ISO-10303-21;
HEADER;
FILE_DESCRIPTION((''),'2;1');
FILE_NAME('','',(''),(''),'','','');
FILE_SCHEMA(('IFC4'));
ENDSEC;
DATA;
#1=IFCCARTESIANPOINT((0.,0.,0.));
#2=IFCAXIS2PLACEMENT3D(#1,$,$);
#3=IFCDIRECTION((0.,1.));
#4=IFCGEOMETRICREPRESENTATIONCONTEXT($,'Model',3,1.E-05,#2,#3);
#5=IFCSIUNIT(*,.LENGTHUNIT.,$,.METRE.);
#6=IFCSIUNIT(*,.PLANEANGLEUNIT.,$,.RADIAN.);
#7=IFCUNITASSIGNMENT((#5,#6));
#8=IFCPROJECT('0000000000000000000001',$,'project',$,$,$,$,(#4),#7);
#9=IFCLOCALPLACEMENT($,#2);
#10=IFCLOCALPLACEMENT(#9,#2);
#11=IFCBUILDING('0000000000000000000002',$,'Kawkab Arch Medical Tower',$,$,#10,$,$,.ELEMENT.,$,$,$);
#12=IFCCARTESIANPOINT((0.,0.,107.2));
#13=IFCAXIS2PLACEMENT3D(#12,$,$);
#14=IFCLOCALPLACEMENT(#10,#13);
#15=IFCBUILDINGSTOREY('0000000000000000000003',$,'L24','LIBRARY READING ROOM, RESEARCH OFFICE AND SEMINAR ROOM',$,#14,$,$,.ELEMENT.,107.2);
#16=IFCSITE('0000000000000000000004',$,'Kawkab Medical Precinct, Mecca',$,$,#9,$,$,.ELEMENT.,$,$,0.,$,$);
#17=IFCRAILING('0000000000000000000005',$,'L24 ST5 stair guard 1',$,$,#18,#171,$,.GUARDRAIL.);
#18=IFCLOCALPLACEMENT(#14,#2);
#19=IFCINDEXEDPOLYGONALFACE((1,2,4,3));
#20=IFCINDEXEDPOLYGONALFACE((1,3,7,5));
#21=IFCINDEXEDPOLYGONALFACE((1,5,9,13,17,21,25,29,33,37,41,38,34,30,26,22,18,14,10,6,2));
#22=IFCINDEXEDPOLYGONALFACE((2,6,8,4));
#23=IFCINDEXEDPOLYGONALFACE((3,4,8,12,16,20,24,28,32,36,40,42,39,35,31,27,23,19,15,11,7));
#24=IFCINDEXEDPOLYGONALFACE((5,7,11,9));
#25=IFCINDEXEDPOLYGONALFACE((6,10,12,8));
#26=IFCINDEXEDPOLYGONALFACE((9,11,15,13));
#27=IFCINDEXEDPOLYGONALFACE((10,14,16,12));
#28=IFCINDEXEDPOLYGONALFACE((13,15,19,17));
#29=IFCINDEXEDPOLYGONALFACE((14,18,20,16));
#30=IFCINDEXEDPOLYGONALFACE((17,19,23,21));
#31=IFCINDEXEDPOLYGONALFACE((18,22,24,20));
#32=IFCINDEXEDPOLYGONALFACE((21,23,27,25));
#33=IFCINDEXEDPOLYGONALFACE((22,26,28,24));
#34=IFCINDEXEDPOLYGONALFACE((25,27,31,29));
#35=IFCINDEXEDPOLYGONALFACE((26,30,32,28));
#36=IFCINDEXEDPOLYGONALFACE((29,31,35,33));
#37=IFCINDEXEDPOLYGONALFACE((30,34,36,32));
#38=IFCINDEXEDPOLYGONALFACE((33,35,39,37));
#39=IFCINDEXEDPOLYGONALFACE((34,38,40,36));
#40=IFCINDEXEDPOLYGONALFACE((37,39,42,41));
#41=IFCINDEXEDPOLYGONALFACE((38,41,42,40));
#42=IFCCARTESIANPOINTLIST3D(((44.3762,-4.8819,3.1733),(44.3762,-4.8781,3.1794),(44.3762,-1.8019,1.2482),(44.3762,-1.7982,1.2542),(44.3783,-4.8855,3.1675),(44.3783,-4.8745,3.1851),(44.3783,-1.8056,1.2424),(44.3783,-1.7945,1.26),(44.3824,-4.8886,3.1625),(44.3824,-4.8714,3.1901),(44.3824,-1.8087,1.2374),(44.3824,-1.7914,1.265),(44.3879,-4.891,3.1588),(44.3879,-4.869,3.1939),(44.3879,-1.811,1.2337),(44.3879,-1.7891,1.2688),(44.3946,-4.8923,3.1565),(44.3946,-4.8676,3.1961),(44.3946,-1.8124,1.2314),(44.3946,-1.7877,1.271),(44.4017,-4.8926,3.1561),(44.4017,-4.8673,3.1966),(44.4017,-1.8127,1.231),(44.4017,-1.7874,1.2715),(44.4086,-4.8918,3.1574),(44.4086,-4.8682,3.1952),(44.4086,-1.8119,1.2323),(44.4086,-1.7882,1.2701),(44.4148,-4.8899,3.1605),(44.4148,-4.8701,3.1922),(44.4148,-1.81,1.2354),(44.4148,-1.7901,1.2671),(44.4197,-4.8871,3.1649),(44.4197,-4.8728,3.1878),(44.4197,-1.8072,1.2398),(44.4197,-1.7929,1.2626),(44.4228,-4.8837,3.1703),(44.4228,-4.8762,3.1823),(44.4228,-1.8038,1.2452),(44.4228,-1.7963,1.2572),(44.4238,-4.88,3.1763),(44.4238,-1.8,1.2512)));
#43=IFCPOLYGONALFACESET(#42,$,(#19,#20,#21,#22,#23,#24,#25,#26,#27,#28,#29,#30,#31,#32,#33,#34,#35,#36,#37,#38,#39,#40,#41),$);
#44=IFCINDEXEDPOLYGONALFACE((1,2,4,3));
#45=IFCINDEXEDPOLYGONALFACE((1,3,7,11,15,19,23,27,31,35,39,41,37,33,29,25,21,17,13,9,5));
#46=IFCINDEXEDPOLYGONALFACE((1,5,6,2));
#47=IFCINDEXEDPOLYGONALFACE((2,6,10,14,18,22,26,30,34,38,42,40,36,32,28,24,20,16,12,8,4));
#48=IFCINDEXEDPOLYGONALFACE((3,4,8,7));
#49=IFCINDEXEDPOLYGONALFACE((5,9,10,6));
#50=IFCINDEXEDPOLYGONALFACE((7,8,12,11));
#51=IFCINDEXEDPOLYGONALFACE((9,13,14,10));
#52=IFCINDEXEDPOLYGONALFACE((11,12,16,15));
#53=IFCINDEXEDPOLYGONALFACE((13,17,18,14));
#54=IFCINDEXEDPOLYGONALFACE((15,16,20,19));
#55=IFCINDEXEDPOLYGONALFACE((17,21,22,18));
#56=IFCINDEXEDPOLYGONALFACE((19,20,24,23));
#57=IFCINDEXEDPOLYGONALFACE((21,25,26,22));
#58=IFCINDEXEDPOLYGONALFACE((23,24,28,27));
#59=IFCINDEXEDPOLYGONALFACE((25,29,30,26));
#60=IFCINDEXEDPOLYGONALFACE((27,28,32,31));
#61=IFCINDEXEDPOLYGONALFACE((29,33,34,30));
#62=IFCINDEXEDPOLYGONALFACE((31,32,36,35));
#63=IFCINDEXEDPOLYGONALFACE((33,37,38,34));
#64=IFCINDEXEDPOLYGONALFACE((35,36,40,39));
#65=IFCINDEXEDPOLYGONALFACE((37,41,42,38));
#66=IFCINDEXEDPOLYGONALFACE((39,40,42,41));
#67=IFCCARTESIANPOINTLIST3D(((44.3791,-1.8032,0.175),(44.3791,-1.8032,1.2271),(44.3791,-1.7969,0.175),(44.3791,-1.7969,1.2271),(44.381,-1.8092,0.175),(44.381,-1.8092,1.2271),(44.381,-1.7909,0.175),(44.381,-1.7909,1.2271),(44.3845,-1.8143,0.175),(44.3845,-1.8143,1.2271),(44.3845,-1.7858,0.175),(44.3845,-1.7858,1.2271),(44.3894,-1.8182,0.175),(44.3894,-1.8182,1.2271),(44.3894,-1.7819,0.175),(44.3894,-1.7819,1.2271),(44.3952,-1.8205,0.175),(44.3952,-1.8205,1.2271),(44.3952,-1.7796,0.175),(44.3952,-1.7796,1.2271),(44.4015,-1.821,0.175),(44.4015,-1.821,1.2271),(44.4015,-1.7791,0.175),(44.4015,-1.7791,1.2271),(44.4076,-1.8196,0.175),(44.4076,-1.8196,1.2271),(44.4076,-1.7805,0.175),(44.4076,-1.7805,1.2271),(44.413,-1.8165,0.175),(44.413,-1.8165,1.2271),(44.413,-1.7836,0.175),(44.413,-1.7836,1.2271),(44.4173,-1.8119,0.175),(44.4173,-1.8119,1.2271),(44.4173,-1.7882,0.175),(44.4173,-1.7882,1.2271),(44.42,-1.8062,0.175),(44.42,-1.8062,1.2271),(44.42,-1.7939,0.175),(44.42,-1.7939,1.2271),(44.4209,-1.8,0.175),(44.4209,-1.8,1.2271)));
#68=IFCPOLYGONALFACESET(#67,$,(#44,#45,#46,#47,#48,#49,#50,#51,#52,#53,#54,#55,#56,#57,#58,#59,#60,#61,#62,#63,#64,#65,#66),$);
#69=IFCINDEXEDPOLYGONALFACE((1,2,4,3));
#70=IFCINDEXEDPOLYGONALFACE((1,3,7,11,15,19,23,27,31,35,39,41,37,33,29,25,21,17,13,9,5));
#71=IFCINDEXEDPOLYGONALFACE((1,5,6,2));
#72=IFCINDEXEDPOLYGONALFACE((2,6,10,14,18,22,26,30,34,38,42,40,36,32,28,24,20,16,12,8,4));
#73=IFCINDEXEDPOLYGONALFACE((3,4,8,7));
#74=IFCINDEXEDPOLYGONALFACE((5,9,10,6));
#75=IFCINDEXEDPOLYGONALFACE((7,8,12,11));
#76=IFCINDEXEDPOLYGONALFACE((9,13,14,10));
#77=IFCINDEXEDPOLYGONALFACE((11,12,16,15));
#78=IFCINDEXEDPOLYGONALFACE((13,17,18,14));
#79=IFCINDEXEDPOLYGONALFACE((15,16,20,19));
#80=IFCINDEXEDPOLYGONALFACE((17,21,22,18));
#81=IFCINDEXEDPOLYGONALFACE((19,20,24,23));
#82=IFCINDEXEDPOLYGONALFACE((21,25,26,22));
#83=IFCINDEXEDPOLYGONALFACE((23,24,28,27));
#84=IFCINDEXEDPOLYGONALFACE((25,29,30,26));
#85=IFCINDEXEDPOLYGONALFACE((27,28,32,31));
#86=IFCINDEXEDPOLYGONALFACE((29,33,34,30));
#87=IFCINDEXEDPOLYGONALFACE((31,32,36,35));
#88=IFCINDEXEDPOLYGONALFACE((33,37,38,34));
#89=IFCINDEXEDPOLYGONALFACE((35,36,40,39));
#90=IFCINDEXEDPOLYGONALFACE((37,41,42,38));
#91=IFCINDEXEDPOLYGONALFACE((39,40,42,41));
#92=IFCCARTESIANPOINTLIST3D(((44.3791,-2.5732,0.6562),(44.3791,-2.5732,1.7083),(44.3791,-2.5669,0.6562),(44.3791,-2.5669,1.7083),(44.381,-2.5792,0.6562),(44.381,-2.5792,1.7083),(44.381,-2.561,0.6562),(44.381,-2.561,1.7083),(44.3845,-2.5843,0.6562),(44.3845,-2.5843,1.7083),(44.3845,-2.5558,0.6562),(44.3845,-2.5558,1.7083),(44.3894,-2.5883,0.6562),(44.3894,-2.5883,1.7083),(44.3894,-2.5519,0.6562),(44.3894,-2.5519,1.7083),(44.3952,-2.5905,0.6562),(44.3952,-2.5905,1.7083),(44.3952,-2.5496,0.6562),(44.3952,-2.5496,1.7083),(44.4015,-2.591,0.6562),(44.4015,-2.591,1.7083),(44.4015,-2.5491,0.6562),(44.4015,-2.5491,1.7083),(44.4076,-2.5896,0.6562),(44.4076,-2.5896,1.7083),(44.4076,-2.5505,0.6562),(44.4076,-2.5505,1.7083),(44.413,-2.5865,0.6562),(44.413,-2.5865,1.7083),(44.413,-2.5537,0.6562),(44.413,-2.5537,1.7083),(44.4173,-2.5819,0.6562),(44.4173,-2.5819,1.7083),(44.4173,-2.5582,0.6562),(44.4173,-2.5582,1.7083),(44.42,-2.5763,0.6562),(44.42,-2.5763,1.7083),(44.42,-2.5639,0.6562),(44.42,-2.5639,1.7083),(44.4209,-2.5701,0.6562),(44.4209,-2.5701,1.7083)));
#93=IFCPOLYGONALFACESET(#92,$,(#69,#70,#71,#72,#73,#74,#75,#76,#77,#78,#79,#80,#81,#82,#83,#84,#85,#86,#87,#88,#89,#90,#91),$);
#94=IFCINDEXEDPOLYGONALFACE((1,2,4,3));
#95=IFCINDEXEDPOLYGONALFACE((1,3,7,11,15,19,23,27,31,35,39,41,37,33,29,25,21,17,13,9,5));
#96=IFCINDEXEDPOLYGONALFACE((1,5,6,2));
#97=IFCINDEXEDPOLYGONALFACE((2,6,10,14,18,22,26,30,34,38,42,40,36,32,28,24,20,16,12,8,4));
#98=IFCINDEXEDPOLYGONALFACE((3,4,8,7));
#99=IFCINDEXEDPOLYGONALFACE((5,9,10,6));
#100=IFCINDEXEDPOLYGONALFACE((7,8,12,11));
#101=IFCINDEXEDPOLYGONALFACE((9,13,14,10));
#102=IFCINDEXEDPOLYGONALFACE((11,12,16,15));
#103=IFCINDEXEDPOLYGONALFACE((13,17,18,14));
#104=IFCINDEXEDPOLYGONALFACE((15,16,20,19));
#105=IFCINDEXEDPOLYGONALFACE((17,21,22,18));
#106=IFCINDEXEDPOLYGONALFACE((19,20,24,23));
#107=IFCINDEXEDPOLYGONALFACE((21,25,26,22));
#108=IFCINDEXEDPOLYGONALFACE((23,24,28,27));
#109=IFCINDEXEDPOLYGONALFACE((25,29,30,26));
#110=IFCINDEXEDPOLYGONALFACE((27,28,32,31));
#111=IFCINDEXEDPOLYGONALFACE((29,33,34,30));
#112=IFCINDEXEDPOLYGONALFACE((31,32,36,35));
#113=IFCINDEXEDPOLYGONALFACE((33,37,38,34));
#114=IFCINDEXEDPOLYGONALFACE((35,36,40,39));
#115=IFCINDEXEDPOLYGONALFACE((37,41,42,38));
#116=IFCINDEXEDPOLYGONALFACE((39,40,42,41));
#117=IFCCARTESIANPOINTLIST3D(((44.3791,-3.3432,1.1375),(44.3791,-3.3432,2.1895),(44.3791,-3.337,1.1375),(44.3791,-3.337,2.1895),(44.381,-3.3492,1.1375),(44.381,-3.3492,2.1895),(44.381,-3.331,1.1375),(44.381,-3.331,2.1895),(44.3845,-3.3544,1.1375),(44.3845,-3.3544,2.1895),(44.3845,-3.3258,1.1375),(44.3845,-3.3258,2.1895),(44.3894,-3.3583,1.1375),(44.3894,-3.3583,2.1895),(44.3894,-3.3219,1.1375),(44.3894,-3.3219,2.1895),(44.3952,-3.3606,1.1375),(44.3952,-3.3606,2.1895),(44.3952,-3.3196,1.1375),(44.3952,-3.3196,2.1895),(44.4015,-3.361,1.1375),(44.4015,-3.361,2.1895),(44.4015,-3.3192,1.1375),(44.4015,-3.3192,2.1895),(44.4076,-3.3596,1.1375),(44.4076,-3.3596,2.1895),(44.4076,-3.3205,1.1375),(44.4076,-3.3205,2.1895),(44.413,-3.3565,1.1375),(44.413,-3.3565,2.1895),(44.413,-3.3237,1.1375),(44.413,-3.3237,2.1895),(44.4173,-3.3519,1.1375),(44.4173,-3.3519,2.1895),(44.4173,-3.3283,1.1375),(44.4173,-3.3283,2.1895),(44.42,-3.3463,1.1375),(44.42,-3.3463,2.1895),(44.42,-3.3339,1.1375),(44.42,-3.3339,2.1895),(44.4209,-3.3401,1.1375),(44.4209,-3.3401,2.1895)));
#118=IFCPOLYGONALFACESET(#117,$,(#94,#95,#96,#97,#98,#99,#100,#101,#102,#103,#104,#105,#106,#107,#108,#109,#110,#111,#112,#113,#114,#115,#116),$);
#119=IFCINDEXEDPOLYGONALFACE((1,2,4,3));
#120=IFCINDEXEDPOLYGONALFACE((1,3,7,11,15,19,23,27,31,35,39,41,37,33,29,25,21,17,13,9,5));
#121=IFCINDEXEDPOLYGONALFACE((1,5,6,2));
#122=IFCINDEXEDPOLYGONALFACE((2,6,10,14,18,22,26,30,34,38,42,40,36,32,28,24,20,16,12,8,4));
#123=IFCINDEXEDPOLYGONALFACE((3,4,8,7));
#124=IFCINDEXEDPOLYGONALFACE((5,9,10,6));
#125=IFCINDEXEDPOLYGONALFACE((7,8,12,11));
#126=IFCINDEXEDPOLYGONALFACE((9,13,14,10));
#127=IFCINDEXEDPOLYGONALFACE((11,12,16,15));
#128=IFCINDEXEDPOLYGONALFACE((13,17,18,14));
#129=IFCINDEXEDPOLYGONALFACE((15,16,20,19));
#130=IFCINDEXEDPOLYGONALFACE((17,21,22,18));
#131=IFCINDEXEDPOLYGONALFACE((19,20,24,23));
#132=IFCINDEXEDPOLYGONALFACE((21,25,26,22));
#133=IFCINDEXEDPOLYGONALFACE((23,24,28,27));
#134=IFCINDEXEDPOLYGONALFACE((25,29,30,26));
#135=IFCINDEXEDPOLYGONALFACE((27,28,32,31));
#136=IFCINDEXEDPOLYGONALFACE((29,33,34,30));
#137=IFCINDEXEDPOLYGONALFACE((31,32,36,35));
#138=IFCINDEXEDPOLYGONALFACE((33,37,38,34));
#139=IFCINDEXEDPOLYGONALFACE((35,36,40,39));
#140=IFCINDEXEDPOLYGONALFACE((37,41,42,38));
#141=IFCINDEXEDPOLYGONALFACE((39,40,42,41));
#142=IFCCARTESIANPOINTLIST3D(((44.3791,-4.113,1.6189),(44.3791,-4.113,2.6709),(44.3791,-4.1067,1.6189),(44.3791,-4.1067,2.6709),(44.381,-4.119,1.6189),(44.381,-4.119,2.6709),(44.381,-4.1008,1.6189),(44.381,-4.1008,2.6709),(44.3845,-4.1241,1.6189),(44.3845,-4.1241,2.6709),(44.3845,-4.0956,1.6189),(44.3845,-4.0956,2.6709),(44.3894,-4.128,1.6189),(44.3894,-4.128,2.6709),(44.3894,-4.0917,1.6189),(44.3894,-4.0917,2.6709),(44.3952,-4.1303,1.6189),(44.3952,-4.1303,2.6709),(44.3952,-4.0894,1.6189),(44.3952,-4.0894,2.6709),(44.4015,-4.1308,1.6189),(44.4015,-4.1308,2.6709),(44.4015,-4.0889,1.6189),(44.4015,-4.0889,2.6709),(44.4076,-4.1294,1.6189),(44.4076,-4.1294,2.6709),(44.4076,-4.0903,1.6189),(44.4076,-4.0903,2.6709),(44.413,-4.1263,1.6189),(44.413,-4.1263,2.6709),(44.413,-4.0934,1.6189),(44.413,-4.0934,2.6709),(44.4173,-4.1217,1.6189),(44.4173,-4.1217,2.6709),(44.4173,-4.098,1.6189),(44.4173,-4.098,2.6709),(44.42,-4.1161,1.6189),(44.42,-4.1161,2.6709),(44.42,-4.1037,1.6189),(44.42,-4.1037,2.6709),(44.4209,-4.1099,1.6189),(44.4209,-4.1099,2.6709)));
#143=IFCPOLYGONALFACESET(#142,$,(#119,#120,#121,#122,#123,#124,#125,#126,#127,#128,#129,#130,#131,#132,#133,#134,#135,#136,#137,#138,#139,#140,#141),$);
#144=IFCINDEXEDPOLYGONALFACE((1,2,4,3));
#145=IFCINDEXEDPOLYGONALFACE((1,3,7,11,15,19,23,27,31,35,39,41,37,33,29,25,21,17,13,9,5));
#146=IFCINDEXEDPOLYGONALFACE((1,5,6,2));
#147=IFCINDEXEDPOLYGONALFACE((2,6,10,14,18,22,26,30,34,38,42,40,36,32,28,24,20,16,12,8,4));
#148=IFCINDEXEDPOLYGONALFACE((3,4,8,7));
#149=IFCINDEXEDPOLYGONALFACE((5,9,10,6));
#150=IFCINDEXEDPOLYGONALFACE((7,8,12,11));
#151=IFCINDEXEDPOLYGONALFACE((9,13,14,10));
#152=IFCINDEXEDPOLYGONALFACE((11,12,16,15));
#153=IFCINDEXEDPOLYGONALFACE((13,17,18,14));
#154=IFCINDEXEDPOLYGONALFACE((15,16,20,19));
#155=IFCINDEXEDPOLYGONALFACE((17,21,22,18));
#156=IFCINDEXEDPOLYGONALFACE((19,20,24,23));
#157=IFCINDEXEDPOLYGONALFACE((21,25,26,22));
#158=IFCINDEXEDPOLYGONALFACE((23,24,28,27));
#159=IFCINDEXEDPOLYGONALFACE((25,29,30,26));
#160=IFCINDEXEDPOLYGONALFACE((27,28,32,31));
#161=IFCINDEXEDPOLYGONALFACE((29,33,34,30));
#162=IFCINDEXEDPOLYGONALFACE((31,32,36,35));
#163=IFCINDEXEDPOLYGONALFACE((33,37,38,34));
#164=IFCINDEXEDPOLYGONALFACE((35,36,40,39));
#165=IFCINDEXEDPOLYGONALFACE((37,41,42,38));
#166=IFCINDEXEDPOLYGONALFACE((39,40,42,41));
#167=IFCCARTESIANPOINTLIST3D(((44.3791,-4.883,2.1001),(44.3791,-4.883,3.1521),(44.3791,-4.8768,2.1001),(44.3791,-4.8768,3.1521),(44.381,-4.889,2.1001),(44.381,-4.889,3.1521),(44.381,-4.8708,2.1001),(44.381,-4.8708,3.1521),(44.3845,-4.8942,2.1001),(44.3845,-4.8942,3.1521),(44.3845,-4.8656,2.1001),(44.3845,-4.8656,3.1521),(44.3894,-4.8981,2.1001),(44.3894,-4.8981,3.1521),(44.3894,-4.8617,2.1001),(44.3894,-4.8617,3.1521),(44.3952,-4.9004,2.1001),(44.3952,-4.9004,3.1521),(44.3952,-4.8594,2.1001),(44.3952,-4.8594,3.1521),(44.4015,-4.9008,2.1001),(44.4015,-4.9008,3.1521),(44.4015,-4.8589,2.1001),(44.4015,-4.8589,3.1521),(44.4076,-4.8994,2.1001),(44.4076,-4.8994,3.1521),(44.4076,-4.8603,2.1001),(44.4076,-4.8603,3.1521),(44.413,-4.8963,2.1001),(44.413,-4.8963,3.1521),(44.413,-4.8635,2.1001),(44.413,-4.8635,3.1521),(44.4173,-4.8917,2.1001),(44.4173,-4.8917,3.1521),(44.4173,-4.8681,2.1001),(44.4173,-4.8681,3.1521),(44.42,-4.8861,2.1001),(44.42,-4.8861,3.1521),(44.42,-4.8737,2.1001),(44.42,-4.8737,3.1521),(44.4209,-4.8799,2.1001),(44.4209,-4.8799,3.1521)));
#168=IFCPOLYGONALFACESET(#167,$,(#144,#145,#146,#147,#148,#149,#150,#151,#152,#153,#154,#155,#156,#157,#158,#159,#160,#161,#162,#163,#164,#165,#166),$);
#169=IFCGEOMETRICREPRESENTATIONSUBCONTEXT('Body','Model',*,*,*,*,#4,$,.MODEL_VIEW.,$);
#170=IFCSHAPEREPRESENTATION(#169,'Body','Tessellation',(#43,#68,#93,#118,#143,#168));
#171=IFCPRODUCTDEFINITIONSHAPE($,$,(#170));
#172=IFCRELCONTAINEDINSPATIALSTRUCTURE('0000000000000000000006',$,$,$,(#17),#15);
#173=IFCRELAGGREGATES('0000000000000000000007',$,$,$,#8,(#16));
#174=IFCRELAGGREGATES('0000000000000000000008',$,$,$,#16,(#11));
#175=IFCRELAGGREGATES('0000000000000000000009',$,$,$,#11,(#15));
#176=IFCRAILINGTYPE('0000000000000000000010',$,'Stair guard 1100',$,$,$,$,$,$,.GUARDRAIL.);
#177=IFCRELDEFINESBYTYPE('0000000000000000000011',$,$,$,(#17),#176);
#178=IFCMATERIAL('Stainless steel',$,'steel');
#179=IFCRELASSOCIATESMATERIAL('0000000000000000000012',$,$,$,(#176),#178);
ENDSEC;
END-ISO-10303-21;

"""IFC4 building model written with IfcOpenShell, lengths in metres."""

from ifc_helpers import new_model, si_unit, direction, frame, origin, origin_2d, place, context, subcontext, project, spatial, circle, extrude, material, type_object, element, save


model = new_model("IFC4")

# Units and contexts
model_context = context("Model", 3, precision=1e-05, world=origin(), true_north=direction((0.0, 1.0)))
body_context = subcontext(model_context, "Body", "Model", "MODEL_VIEW")
ifc_project = project(units=[si_unit("LENGTHUNIT", "METRE"), si_unit("PLANEANGLEUNIT", "RADIAN")], contexts=[model_context])

# Site, building, storey
site_placement = place(None, origin())
site = spatial("IfcSite", under=ifc_project, at=site_placement, Name="Kawkab Medical Precinct, Mecca", CompositionType="ELEMENT", RefElevation=0.0)
building_placement = place(site_placement, origin())
building = spatial("IfcBuilding", under=site, at=building_placement, Name="Kawkab Arch Medical Tower", CompositionType="ELEMENT")
storey_placement = place(building_placement, frame((0.0, 0.0, 107.2)))
storey = spatial("IfcBuildingStorey", under=building, at=storey_placement, Name="L24", Description="LIBRARY READING ROOM, RESEARCH OFFICE AND SEMINAR ROOM", CompositionType="ELEMENT", Elevation=107.2)

# Railing
ifc_material_1 = material(Name="Stainless steel", Category="steel")
railing_type = type_object("IfcRailingType", Name="Stair guard 1100", PredefinedType="GUARDRAIL", material=ifc_material_1)
railing_1_placement = place(storey_placement, frame((44.3999, -1.8, 0.175)))
element("IfcRailing", 1, at=railing_1_placement, inside=storey, type_object=railing_type, Name="L24 ST5 stair guard 1", PredefinedType="GUARDRAIL", context=body_context, shape_type="SweptSolid", body=[
    extrude(circle(Radius=0.0239, at=origin_2d()), frame((0.0, 0.0, 1.0762), z_axis=(0.0, -0.847979, 0.530029), x_axis=(1.0, 0.0, 0.0)), (0.0, 0.0, 1.0), 3.6321),
    extrude(circle(Radius=0.021, at=origin_2d()), origin(), (0.0, 0.0, 1.0), 1.052),
    extrude(circle(Radius=0.021, at=origin_2d()), frame((0.0, -0.77, 0.4812)), (0.0, 0.0, 1.0), 1.052),
    extrude(circle(Radius=0.021, at=origin_2d()), frame((0.0, -1.54, 0.9624)), (0.0, 0.0, 1.0), 1.052),
    extrude(circle(Radius=0.021, at=origin_2d()), frame((0.0, -2.3098, 1.4438)), (0.0, 0.0, 1.0), 1.052),
    extrude(circle(Radius=0.021, at=origin_2d()), frame((0.0, -3.0798, 1.925)), (0.0, 0.0, 1.0), 1.052),
])

save(model, "model.ifc")
